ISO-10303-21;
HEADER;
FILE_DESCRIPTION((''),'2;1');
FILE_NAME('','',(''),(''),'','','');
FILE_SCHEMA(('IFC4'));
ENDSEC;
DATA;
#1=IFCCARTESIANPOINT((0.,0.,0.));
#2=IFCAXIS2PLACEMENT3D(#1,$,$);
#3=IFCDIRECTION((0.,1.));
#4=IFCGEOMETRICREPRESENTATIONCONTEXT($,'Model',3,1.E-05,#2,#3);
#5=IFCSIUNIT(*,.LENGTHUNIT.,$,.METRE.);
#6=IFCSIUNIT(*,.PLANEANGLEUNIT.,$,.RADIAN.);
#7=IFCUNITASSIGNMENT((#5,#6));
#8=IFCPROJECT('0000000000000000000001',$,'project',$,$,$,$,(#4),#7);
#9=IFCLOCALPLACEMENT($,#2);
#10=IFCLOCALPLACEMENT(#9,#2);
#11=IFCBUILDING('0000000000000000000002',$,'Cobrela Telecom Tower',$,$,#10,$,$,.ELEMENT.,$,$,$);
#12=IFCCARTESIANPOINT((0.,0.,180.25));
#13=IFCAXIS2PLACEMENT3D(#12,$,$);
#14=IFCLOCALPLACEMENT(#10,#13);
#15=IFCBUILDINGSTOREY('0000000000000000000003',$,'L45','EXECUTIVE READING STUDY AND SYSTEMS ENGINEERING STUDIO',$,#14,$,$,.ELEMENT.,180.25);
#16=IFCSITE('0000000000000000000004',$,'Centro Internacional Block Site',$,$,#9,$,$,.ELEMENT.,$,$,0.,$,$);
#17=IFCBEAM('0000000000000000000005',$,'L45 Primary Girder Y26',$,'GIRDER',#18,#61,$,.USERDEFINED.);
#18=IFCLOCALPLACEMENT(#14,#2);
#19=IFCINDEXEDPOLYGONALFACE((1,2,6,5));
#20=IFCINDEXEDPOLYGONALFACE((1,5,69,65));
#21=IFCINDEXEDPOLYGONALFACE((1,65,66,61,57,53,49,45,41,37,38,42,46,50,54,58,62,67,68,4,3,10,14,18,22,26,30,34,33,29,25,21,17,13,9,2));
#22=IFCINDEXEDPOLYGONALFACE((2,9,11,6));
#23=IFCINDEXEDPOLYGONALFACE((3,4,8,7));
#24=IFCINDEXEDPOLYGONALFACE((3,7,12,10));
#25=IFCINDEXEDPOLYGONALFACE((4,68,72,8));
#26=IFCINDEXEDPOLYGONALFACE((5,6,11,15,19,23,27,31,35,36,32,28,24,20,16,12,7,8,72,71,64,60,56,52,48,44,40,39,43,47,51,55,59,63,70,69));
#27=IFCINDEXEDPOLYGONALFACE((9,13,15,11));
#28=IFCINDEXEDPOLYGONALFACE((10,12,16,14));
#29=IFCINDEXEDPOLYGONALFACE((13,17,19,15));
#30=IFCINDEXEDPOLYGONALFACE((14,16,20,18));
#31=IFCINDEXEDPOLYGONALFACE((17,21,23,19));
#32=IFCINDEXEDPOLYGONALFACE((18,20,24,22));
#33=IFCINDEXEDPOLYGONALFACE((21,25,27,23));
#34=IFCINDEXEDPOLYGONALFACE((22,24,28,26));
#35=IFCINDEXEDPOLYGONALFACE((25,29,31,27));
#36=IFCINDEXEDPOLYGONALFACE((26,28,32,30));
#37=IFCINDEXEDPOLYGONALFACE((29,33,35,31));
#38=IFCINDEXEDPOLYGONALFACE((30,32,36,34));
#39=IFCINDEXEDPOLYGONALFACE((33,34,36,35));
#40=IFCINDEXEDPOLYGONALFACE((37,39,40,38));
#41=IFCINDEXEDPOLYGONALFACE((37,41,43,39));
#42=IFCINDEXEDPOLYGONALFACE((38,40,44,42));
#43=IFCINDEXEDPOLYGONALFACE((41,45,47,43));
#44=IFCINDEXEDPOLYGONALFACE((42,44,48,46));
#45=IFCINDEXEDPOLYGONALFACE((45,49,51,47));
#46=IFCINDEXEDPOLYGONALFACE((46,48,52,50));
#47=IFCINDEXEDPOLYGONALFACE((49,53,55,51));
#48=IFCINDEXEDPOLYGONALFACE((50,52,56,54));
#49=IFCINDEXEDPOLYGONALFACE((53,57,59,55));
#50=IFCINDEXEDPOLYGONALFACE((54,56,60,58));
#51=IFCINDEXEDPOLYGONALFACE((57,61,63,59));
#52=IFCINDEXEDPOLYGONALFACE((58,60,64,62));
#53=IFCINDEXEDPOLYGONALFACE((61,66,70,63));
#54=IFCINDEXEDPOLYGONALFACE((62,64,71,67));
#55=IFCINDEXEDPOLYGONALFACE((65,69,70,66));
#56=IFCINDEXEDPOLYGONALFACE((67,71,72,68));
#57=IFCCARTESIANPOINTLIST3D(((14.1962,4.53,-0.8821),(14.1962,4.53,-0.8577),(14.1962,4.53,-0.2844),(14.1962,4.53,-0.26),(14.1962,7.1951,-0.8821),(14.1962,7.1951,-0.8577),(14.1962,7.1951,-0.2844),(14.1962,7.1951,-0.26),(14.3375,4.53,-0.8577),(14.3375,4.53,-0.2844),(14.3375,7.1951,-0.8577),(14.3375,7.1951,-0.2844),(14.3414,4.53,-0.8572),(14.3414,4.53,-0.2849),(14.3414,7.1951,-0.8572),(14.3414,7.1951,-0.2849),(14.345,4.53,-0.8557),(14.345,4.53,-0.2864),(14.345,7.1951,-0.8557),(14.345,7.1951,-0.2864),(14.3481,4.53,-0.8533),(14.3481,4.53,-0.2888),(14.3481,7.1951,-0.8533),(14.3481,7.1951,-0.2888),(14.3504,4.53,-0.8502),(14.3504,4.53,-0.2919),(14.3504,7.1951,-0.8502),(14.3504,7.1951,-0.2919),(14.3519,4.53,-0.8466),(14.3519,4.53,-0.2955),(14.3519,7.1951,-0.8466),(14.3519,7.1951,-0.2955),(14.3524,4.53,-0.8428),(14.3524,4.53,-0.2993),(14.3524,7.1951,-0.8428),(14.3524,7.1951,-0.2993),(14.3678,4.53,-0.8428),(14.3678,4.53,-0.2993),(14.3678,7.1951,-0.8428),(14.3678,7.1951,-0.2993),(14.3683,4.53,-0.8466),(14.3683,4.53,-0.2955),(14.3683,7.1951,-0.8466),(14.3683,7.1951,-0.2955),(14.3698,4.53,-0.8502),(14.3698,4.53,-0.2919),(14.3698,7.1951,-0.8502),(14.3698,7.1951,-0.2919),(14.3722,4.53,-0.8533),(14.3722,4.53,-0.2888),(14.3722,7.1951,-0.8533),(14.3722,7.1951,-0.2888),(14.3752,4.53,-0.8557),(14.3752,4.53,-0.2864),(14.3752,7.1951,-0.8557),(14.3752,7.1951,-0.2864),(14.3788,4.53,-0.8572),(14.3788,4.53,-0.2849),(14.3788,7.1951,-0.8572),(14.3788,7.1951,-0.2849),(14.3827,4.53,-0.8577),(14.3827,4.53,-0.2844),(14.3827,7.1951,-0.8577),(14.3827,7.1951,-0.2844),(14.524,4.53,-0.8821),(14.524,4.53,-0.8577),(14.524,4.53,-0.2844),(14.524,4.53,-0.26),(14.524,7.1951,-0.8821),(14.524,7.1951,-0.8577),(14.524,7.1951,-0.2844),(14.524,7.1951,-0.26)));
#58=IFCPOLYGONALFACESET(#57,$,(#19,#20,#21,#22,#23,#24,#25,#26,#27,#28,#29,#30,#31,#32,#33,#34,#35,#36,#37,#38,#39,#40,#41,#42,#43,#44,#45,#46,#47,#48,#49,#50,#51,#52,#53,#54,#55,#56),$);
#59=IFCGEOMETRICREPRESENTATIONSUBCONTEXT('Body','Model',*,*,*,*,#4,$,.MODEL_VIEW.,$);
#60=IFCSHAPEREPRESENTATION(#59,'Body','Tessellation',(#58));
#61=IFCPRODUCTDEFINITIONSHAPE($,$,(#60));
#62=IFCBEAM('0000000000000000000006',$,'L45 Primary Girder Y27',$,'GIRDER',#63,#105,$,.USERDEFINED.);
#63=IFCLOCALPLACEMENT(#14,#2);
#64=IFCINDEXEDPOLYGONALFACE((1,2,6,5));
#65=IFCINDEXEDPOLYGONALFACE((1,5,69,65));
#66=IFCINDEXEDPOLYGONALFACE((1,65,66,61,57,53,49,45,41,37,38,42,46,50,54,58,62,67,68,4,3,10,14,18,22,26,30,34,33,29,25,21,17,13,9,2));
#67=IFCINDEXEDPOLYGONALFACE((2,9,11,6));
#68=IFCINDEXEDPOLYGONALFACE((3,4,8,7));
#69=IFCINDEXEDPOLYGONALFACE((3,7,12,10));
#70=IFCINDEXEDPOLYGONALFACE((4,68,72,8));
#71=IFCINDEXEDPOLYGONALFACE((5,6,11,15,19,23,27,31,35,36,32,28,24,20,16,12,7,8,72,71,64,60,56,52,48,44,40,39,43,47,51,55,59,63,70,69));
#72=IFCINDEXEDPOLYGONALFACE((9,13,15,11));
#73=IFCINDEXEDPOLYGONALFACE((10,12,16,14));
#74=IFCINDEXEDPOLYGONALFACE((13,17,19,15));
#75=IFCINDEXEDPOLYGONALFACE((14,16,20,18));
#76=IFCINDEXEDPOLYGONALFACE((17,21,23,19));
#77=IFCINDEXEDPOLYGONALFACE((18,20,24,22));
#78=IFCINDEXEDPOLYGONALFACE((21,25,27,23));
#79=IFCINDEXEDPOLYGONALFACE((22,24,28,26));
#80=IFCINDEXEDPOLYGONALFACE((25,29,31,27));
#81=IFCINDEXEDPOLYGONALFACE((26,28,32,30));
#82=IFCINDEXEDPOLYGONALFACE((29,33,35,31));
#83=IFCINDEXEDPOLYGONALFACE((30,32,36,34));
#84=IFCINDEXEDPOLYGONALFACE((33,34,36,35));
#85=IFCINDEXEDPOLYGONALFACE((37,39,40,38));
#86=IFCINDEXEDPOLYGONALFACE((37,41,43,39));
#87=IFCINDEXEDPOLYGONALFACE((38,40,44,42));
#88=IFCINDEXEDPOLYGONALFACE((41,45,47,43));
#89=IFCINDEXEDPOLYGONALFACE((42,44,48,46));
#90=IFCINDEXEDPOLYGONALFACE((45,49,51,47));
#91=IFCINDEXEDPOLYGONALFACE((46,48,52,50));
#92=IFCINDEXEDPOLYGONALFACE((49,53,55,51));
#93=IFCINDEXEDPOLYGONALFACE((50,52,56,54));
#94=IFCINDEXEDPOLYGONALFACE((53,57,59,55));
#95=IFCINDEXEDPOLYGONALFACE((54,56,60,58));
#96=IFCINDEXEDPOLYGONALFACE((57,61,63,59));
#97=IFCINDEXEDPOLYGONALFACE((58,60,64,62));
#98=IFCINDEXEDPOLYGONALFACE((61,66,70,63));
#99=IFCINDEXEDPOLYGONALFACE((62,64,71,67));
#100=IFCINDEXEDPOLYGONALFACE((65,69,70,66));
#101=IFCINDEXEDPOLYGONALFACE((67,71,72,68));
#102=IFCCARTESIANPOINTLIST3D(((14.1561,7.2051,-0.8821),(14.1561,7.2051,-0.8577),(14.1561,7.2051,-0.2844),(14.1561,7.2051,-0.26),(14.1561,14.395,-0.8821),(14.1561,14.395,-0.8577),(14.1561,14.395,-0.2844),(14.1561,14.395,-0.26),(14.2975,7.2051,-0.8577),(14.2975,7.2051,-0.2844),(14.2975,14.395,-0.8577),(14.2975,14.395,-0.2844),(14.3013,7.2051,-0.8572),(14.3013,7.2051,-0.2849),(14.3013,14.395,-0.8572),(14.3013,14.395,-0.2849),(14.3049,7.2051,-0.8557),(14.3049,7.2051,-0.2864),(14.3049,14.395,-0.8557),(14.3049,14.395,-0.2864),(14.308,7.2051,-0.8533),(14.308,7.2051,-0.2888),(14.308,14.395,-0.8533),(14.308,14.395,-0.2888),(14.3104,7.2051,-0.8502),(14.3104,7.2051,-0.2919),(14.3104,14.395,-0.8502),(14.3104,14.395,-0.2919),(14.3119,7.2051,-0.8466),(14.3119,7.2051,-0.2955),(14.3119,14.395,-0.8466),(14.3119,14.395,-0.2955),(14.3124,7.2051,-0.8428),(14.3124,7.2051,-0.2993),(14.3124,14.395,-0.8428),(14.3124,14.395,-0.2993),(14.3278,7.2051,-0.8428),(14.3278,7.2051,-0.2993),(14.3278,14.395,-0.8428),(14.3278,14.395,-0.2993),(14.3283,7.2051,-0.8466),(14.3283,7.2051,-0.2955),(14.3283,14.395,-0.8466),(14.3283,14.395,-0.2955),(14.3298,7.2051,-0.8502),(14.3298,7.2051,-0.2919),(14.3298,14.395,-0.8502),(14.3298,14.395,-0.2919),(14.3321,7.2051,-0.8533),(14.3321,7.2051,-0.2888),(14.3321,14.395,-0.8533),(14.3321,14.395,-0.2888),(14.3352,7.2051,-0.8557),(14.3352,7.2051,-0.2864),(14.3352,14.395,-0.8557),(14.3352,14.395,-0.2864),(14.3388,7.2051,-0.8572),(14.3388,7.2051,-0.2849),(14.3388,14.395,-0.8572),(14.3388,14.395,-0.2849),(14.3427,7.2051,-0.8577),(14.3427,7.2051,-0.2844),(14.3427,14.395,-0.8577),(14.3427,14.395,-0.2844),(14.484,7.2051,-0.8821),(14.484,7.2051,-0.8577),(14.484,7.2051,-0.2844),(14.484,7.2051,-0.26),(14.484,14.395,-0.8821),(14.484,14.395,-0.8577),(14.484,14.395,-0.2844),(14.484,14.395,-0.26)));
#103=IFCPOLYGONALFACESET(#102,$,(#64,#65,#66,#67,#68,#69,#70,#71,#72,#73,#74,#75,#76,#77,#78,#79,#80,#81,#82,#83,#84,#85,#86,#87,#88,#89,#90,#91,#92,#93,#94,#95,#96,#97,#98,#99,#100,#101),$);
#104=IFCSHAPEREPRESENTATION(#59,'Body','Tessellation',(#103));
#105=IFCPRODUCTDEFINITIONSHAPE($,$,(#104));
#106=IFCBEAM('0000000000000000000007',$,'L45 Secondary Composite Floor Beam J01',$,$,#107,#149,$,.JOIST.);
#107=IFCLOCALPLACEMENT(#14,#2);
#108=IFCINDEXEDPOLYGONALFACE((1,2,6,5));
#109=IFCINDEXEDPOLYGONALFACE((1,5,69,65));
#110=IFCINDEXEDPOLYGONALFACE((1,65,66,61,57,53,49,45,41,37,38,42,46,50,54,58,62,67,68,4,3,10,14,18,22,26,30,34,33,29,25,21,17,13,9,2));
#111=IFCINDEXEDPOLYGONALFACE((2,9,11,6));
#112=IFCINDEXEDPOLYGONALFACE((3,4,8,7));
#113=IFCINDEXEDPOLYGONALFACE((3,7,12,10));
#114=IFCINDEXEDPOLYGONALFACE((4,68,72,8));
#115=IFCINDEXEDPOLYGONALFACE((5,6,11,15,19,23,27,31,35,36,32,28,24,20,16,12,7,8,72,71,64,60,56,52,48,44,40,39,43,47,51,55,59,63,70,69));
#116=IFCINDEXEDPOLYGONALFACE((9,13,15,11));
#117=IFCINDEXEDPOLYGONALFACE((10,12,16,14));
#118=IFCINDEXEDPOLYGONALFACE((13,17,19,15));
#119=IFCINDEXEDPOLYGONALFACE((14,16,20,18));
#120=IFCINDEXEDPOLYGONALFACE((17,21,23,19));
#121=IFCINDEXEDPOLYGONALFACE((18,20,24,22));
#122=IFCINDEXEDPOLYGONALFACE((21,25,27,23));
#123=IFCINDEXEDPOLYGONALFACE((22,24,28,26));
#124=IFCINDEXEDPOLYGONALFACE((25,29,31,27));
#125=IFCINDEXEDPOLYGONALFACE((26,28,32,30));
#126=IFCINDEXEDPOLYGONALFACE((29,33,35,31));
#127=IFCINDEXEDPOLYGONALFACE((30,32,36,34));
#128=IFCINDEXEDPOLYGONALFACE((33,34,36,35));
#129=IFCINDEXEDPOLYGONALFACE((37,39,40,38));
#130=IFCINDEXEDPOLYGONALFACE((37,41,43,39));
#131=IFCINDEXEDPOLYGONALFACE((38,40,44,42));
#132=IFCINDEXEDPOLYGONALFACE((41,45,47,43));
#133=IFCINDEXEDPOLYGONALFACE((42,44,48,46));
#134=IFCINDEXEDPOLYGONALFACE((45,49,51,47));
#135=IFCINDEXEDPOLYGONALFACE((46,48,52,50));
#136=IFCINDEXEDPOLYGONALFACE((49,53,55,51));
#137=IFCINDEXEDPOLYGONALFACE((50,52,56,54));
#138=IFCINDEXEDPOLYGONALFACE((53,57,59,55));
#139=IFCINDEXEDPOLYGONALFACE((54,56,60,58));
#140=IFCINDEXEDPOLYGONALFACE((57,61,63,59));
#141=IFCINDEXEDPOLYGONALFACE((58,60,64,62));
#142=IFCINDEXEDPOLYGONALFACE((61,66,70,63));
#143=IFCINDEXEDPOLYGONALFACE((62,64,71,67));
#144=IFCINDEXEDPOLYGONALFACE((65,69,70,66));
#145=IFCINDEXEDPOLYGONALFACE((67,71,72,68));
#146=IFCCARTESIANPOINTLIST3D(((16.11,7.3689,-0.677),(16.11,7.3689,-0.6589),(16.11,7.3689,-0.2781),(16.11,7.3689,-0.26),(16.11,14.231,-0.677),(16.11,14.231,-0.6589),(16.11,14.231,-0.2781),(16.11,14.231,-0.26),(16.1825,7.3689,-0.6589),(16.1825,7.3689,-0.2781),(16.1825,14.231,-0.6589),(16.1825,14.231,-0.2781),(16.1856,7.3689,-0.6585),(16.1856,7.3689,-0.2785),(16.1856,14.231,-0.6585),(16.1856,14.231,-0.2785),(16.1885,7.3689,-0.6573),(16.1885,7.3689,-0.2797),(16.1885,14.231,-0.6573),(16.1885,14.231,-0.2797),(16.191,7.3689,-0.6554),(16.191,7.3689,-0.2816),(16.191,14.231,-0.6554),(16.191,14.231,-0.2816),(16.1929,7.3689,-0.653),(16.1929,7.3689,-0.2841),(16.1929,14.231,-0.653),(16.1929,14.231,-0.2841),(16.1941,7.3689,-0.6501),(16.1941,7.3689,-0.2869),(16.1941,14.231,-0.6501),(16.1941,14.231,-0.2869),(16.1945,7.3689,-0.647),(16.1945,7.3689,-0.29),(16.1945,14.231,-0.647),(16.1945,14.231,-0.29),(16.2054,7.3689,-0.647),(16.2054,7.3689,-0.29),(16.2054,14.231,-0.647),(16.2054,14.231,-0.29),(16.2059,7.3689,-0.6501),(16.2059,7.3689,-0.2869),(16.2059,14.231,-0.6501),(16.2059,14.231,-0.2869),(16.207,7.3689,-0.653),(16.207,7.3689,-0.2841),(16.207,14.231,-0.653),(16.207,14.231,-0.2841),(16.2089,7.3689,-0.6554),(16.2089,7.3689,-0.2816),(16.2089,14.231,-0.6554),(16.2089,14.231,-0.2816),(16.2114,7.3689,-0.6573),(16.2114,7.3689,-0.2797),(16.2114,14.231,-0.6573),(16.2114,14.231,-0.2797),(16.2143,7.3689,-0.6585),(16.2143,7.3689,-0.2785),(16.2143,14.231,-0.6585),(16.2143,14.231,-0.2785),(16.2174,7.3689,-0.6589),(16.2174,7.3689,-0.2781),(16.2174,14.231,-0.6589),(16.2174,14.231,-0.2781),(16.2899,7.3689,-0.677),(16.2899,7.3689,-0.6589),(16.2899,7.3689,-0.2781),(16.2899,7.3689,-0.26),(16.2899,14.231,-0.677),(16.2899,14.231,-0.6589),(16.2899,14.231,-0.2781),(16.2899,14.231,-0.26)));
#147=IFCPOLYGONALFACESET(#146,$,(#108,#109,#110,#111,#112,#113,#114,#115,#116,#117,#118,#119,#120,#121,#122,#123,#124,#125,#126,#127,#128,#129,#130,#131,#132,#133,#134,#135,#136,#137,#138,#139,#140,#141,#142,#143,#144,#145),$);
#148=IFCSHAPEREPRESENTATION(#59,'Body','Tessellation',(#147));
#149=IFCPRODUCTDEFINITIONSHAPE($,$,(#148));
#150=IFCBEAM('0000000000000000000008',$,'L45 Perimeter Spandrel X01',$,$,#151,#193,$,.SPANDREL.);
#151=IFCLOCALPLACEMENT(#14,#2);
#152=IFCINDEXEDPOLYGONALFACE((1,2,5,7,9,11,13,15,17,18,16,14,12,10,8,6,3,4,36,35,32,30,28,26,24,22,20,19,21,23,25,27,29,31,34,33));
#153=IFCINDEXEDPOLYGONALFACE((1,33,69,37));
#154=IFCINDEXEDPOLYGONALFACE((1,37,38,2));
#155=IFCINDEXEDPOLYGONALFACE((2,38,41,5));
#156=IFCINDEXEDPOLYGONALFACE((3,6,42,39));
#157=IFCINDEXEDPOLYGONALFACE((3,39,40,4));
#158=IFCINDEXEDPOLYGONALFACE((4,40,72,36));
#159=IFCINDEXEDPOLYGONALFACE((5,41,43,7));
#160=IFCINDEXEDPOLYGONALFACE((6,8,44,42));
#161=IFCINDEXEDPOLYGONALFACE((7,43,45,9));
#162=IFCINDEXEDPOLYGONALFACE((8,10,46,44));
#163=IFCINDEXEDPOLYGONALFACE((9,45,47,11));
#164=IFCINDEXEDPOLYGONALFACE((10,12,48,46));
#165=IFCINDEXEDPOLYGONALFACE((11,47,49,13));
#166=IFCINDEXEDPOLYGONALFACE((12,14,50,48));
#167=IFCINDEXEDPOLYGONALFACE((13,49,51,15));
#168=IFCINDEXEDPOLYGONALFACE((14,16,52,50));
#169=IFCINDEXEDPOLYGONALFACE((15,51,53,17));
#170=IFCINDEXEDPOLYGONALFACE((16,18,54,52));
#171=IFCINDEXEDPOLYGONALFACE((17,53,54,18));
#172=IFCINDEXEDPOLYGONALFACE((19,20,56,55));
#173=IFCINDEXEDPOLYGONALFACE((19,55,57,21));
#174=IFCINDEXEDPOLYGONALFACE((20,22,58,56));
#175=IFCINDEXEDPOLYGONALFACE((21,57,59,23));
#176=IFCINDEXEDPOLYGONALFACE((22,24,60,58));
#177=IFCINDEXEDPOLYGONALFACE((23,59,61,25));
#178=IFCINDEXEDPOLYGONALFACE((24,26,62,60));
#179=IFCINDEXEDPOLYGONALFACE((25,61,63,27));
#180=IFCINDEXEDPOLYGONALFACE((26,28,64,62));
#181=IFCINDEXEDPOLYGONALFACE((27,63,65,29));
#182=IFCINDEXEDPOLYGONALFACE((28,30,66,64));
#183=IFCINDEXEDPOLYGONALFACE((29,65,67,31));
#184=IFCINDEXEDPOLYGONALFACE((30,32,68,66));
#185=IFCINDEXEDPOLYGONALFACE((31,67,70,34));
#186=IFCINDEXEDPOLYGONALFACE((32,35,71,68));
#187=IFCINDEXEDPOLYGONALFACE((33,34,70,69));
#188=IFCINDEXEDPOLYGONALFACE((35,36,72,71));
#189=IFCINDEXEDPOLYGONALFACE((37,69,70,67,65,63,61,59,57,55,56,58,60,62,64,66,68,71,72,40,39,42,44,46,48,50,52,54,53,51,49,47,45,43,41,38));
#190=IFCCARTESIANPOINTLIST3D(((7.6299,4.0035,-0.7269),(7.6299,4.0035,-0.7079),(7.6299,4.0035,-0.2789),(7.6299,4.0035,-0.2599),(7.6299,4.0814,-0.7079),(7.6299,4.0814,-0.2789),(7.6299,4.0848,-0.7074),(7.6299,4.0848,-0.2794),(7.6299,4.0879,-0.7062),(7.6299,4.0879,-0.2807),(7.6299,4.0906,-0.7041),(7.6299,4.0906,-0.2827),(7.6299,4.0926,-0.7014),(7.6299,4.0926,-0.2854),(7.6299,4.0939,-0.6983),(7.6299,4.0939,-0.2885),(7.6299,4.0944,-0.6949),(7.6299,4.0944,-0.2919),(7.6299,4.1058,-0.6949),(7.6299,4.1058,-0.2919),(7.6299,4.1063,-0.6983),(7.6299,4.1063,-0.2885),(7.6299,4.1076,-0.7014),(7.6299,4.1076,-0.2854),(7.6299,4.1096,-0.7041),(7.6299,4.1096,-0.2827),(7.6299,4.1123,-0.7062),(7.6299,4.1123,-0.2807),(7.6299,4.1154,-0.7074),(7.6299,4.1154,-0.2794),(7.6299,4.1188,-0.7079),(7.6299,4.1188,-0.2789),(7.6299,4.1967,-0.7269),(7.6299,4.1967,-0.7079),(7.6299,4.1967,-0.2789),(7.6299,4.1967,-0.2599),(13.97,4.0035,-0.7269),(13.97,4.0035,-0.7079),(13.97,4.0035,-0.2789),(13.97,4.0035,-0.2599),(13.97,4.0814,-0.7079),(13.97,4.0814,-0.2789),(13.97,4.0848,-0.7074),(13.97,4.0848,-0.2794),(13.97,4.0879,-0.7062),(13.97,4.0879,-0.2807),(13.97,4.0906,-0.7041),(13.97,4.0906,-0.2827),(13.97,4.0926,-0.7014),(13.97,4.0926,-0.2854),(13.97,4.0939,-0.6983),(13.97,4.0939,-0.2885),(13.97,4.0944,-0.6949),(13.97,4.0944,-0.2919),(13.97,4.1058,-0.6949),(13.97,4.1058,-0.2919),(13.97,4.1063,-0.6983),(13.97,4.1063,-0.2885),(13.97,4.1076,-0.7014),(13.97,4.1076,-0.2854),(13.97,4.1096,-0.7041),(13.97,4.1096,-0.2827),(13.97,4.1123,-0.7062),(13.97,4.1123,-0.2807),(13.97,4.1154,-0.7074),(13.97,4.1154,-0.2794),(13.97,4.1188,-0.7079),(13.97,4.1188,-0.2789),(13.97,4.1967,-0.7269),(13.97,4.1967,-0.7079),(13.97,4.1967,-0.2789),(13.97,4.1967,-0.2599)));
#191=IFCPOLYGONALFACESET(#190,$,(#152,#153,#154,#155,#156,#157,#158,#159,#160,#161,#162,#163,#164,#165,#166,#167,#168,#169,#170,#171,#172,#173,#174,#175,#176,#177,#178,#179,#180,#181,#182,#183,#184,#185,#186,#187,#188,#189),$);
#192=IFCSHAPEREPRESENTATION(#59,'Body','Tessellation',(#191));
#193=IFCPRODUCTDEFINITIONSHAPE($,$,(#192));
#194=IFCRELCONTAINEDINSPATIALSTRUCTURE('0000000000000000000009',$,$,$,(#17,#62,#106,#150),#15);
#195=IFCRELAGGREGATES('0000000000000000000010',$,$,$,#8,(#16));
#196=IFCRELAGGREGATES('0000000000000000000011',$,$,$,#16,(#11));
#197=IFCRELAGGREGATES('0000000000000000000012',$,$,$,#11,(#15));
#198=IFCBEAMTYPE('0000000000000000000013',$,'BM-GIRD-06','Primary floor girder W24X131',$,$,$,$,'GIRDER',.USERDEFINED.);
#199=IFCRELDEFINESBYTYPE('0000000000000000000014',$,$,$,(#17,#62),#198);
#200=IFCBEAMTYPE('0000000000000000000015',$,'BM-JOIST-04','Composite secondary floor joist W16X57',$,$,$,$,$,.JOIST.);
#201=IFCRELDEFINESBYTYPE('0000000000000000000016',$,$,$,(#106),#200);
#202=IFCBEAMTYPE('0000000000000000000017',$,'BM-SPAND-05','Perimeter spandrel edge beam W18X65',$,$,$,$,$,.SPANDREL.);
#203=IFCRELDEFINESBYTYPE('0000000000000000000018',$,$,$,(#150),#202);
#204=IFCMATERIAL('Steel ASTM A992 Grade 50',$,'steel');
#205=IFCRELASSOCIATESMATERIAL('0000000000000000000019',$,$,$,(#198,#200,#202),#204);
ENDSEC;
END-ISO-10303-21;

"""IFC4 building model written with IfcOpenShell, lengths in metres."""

from ifc_helpers import new_model, si_unit, direction, frame, origin, origin_2d, place, context, subcontext, project, spatial, i_section, extrude, material, material_profile, profile_set, type_object, element, save


model = new_model("IFC4")

# Units and contexts
model_context = context("Model", 3, precision=1e-05, world=origin(), true_north=direction((0.0, 1.0)))
body_context = subcontext(model_context, "Body", "Model", "MODEL_VIEW")
ifc_project = project(units=[si_unit("LENGTHUNIT", "METRE"), si_unit("PLANEANGLEUNIT", "RADIAN")], contexts=[model_context])

# Site, building, storey
site_placement = place(None, origin())
site = spatial("IfcSite", under=ifc_project, at=site_placement, Name="Centro Internacional Block Site", CompositionType="ELEMENT", RefElevation=0.0)
building_placement = place(site_placement, origin())
building = spatial("IfcBuilding", under=site, at=building_placement, Name="Cobrela Telecom Tower", CompositionType="ELEMENT")
storey_placement = place(building_placement, frame((0.0, 0.0, 180.25)))
storey = spatial("IfcBuildingStorey", under=building, at=storey_placement, Name="L45", Description="EXECUTIVE READING STUDY AND SYSTEMS ENGINEERING STUDIO", CompositionType="ELEMENT", Elevation=180.25)

# Beams
ifc_material_1 = material(Name="Steel ASTM A992 Grade 50", Category="steel")
ifc_material_profile_1 = material_profile(ifc_material_1, i_section(OverallWidth=0.3279, OverallDepth=0.6221, WebThickness=0.0154, FlangeThickness=0.0244, FilletRadius=0.0149, at=origin_2d()), Name="W24X131")
ifc_profile_set_1 = profile_set([ifc_material_profile_1], Name="Steel ASTM A992 Grade 50")
beam_type_1 = type_object("IfcBeamType", Name="BM-GIRD-06", Description="Primary floor girder W24X131", ElementType="GIRDER", PredefinedType="USERDEFINED", material=ifc_profile_set_1)
beam_1_placement = place(storey_placement, frame((14.3601, 4.53, -0.571), z_axis=(0.0, 1.0, 0.0), x_axis=(-1.0, 0.0, 0.0)))
element("IfcBeam", 1, at=beam_1_placement, inside=storey, type_object=beam_type_1, Name="L45 Primary Girder Y26", ObjectType="GIRDER", PredefinedType="USERDEFINED", context=body_context, shape_type="SweptSolid", body=[
    extrude(i_section(OverallWidth=0.3279, OverallDepth=0.6221, WebThickness=0.0154, FlangeThickness=0.0244, FilletRadius=0.0149, at=origin_2d()), origin(), (0.0, 0.0, 1.0), 2.665),
])
beam_2_placement = place(storey_placement, frame((14.3201, 7.2051, -0.571), z_axis=(0.0, 1.0, 0.0), x_axis=(-1.0, 0.0, 0.0)))
element("IfcBeam", 2, at=beam_2_placement, inside=storey, type_object=beam_type_1, Name="L45 Primary Girder Y27", ObjectType="GIRDER", PredefinedType="USERDEFINED", context=body_context, shape_type="SweptSolid", body=[
    extrude(i_section(OverallWidth=0.3279, OverallDepth=0.6221, WebThickness=0.0154, FlangeThickness=0.0244, FilletRadius=0.0149, at=origin_2d()), origin(), (0.0, 0.0, 1.0), 7.1899),
])
ifc_material_profile_2 = material_profile(ifc_material_1, i_section(OverallWidth=0.1799, OverallDepth=0.417, WebThickness=0.011, FlangeThickness=0.0181, FilletRadius=0.012, at=origin_2d()), Name="W16X57")
ifc_profile_set_2 = profile_set([ifc_material_profile_2], Name="Steel ASTM A992 Grade 50")
beam_type_2 = type_object("IfcBeamType", Name="BM-JOIST-04", Description="Composite secondary floor joist W16X57", PredefinedType="JOIST", material=ifc_profile_set_2)
beam_3_placement = place(storey_placement, frame((16.2, 7.3689, -0.4685), z_axis=(0.0, 1.0, 0.0), x_axis=(-1.0, 0.0, 0.0)))
element("IfcBeam", 3, at=beam_3_placement, inside=storey, type_object=beam_type_2, Name="L45 Secondary Composite Floor Beam J01", PredefinedType="JOIST", context=body_context, shape_type="SweptSolid", body=[
    extrude(i_section(OverallWidth=0.1799, OverallDepth=0.417, WebThickness=0.011, FlangeThickness=0.0181, FilletRadius=0.012, at=origin_2d()), origin(), (0.0, 0.0, 1.0), 6.8621),
])
ifc_material_profile_3 = material_profile(ifc_material_1, i_section(OverallWidth=0.1931, OverallDepth=0.467, WebThickness=0.0115, FlangeThickness=0.019, FilletRadius=0.0129, at=origin_2d()), Name="W18X65")
ifc_profile_set_3 = profile_set([ifc_material_profile_3], Name="Steel ASTM A992 Grade 50")
beam_type_3 = type_object("IfcBeamType", Name="BM-SPAND-05", Description="Perimeter spandrel edge beam W18X65", PredefinedType="SPANDREL", material=ifc_profile_set_3)
beam_4_placement = place(storey_placement, frame((7.6299, 4.1001, -0.4934), z_axis=(1.0, 0.0, 0.0), x_axis=(0.0, 1.0, 0.0)))
element("IfcBeam", 4, at=beam_4_placement, inside=storey, type_object=beam_type_3, Name="L45 Perimeter Spandrel X01", PredefinedType="SPANDREL", context=body_context, shape_type="SweptSolid", body=[
    extrude(i_section(OverallWidth=0.1931, OverallDepth=0.467, WebThickness=0.0115, FlangeThickness=0.019, FilletRadius=0.0129, at=origin_2d()), origin(), (0.0, 0.0, 1.0), 6.3401),
])

save(model, "model.ifc")
